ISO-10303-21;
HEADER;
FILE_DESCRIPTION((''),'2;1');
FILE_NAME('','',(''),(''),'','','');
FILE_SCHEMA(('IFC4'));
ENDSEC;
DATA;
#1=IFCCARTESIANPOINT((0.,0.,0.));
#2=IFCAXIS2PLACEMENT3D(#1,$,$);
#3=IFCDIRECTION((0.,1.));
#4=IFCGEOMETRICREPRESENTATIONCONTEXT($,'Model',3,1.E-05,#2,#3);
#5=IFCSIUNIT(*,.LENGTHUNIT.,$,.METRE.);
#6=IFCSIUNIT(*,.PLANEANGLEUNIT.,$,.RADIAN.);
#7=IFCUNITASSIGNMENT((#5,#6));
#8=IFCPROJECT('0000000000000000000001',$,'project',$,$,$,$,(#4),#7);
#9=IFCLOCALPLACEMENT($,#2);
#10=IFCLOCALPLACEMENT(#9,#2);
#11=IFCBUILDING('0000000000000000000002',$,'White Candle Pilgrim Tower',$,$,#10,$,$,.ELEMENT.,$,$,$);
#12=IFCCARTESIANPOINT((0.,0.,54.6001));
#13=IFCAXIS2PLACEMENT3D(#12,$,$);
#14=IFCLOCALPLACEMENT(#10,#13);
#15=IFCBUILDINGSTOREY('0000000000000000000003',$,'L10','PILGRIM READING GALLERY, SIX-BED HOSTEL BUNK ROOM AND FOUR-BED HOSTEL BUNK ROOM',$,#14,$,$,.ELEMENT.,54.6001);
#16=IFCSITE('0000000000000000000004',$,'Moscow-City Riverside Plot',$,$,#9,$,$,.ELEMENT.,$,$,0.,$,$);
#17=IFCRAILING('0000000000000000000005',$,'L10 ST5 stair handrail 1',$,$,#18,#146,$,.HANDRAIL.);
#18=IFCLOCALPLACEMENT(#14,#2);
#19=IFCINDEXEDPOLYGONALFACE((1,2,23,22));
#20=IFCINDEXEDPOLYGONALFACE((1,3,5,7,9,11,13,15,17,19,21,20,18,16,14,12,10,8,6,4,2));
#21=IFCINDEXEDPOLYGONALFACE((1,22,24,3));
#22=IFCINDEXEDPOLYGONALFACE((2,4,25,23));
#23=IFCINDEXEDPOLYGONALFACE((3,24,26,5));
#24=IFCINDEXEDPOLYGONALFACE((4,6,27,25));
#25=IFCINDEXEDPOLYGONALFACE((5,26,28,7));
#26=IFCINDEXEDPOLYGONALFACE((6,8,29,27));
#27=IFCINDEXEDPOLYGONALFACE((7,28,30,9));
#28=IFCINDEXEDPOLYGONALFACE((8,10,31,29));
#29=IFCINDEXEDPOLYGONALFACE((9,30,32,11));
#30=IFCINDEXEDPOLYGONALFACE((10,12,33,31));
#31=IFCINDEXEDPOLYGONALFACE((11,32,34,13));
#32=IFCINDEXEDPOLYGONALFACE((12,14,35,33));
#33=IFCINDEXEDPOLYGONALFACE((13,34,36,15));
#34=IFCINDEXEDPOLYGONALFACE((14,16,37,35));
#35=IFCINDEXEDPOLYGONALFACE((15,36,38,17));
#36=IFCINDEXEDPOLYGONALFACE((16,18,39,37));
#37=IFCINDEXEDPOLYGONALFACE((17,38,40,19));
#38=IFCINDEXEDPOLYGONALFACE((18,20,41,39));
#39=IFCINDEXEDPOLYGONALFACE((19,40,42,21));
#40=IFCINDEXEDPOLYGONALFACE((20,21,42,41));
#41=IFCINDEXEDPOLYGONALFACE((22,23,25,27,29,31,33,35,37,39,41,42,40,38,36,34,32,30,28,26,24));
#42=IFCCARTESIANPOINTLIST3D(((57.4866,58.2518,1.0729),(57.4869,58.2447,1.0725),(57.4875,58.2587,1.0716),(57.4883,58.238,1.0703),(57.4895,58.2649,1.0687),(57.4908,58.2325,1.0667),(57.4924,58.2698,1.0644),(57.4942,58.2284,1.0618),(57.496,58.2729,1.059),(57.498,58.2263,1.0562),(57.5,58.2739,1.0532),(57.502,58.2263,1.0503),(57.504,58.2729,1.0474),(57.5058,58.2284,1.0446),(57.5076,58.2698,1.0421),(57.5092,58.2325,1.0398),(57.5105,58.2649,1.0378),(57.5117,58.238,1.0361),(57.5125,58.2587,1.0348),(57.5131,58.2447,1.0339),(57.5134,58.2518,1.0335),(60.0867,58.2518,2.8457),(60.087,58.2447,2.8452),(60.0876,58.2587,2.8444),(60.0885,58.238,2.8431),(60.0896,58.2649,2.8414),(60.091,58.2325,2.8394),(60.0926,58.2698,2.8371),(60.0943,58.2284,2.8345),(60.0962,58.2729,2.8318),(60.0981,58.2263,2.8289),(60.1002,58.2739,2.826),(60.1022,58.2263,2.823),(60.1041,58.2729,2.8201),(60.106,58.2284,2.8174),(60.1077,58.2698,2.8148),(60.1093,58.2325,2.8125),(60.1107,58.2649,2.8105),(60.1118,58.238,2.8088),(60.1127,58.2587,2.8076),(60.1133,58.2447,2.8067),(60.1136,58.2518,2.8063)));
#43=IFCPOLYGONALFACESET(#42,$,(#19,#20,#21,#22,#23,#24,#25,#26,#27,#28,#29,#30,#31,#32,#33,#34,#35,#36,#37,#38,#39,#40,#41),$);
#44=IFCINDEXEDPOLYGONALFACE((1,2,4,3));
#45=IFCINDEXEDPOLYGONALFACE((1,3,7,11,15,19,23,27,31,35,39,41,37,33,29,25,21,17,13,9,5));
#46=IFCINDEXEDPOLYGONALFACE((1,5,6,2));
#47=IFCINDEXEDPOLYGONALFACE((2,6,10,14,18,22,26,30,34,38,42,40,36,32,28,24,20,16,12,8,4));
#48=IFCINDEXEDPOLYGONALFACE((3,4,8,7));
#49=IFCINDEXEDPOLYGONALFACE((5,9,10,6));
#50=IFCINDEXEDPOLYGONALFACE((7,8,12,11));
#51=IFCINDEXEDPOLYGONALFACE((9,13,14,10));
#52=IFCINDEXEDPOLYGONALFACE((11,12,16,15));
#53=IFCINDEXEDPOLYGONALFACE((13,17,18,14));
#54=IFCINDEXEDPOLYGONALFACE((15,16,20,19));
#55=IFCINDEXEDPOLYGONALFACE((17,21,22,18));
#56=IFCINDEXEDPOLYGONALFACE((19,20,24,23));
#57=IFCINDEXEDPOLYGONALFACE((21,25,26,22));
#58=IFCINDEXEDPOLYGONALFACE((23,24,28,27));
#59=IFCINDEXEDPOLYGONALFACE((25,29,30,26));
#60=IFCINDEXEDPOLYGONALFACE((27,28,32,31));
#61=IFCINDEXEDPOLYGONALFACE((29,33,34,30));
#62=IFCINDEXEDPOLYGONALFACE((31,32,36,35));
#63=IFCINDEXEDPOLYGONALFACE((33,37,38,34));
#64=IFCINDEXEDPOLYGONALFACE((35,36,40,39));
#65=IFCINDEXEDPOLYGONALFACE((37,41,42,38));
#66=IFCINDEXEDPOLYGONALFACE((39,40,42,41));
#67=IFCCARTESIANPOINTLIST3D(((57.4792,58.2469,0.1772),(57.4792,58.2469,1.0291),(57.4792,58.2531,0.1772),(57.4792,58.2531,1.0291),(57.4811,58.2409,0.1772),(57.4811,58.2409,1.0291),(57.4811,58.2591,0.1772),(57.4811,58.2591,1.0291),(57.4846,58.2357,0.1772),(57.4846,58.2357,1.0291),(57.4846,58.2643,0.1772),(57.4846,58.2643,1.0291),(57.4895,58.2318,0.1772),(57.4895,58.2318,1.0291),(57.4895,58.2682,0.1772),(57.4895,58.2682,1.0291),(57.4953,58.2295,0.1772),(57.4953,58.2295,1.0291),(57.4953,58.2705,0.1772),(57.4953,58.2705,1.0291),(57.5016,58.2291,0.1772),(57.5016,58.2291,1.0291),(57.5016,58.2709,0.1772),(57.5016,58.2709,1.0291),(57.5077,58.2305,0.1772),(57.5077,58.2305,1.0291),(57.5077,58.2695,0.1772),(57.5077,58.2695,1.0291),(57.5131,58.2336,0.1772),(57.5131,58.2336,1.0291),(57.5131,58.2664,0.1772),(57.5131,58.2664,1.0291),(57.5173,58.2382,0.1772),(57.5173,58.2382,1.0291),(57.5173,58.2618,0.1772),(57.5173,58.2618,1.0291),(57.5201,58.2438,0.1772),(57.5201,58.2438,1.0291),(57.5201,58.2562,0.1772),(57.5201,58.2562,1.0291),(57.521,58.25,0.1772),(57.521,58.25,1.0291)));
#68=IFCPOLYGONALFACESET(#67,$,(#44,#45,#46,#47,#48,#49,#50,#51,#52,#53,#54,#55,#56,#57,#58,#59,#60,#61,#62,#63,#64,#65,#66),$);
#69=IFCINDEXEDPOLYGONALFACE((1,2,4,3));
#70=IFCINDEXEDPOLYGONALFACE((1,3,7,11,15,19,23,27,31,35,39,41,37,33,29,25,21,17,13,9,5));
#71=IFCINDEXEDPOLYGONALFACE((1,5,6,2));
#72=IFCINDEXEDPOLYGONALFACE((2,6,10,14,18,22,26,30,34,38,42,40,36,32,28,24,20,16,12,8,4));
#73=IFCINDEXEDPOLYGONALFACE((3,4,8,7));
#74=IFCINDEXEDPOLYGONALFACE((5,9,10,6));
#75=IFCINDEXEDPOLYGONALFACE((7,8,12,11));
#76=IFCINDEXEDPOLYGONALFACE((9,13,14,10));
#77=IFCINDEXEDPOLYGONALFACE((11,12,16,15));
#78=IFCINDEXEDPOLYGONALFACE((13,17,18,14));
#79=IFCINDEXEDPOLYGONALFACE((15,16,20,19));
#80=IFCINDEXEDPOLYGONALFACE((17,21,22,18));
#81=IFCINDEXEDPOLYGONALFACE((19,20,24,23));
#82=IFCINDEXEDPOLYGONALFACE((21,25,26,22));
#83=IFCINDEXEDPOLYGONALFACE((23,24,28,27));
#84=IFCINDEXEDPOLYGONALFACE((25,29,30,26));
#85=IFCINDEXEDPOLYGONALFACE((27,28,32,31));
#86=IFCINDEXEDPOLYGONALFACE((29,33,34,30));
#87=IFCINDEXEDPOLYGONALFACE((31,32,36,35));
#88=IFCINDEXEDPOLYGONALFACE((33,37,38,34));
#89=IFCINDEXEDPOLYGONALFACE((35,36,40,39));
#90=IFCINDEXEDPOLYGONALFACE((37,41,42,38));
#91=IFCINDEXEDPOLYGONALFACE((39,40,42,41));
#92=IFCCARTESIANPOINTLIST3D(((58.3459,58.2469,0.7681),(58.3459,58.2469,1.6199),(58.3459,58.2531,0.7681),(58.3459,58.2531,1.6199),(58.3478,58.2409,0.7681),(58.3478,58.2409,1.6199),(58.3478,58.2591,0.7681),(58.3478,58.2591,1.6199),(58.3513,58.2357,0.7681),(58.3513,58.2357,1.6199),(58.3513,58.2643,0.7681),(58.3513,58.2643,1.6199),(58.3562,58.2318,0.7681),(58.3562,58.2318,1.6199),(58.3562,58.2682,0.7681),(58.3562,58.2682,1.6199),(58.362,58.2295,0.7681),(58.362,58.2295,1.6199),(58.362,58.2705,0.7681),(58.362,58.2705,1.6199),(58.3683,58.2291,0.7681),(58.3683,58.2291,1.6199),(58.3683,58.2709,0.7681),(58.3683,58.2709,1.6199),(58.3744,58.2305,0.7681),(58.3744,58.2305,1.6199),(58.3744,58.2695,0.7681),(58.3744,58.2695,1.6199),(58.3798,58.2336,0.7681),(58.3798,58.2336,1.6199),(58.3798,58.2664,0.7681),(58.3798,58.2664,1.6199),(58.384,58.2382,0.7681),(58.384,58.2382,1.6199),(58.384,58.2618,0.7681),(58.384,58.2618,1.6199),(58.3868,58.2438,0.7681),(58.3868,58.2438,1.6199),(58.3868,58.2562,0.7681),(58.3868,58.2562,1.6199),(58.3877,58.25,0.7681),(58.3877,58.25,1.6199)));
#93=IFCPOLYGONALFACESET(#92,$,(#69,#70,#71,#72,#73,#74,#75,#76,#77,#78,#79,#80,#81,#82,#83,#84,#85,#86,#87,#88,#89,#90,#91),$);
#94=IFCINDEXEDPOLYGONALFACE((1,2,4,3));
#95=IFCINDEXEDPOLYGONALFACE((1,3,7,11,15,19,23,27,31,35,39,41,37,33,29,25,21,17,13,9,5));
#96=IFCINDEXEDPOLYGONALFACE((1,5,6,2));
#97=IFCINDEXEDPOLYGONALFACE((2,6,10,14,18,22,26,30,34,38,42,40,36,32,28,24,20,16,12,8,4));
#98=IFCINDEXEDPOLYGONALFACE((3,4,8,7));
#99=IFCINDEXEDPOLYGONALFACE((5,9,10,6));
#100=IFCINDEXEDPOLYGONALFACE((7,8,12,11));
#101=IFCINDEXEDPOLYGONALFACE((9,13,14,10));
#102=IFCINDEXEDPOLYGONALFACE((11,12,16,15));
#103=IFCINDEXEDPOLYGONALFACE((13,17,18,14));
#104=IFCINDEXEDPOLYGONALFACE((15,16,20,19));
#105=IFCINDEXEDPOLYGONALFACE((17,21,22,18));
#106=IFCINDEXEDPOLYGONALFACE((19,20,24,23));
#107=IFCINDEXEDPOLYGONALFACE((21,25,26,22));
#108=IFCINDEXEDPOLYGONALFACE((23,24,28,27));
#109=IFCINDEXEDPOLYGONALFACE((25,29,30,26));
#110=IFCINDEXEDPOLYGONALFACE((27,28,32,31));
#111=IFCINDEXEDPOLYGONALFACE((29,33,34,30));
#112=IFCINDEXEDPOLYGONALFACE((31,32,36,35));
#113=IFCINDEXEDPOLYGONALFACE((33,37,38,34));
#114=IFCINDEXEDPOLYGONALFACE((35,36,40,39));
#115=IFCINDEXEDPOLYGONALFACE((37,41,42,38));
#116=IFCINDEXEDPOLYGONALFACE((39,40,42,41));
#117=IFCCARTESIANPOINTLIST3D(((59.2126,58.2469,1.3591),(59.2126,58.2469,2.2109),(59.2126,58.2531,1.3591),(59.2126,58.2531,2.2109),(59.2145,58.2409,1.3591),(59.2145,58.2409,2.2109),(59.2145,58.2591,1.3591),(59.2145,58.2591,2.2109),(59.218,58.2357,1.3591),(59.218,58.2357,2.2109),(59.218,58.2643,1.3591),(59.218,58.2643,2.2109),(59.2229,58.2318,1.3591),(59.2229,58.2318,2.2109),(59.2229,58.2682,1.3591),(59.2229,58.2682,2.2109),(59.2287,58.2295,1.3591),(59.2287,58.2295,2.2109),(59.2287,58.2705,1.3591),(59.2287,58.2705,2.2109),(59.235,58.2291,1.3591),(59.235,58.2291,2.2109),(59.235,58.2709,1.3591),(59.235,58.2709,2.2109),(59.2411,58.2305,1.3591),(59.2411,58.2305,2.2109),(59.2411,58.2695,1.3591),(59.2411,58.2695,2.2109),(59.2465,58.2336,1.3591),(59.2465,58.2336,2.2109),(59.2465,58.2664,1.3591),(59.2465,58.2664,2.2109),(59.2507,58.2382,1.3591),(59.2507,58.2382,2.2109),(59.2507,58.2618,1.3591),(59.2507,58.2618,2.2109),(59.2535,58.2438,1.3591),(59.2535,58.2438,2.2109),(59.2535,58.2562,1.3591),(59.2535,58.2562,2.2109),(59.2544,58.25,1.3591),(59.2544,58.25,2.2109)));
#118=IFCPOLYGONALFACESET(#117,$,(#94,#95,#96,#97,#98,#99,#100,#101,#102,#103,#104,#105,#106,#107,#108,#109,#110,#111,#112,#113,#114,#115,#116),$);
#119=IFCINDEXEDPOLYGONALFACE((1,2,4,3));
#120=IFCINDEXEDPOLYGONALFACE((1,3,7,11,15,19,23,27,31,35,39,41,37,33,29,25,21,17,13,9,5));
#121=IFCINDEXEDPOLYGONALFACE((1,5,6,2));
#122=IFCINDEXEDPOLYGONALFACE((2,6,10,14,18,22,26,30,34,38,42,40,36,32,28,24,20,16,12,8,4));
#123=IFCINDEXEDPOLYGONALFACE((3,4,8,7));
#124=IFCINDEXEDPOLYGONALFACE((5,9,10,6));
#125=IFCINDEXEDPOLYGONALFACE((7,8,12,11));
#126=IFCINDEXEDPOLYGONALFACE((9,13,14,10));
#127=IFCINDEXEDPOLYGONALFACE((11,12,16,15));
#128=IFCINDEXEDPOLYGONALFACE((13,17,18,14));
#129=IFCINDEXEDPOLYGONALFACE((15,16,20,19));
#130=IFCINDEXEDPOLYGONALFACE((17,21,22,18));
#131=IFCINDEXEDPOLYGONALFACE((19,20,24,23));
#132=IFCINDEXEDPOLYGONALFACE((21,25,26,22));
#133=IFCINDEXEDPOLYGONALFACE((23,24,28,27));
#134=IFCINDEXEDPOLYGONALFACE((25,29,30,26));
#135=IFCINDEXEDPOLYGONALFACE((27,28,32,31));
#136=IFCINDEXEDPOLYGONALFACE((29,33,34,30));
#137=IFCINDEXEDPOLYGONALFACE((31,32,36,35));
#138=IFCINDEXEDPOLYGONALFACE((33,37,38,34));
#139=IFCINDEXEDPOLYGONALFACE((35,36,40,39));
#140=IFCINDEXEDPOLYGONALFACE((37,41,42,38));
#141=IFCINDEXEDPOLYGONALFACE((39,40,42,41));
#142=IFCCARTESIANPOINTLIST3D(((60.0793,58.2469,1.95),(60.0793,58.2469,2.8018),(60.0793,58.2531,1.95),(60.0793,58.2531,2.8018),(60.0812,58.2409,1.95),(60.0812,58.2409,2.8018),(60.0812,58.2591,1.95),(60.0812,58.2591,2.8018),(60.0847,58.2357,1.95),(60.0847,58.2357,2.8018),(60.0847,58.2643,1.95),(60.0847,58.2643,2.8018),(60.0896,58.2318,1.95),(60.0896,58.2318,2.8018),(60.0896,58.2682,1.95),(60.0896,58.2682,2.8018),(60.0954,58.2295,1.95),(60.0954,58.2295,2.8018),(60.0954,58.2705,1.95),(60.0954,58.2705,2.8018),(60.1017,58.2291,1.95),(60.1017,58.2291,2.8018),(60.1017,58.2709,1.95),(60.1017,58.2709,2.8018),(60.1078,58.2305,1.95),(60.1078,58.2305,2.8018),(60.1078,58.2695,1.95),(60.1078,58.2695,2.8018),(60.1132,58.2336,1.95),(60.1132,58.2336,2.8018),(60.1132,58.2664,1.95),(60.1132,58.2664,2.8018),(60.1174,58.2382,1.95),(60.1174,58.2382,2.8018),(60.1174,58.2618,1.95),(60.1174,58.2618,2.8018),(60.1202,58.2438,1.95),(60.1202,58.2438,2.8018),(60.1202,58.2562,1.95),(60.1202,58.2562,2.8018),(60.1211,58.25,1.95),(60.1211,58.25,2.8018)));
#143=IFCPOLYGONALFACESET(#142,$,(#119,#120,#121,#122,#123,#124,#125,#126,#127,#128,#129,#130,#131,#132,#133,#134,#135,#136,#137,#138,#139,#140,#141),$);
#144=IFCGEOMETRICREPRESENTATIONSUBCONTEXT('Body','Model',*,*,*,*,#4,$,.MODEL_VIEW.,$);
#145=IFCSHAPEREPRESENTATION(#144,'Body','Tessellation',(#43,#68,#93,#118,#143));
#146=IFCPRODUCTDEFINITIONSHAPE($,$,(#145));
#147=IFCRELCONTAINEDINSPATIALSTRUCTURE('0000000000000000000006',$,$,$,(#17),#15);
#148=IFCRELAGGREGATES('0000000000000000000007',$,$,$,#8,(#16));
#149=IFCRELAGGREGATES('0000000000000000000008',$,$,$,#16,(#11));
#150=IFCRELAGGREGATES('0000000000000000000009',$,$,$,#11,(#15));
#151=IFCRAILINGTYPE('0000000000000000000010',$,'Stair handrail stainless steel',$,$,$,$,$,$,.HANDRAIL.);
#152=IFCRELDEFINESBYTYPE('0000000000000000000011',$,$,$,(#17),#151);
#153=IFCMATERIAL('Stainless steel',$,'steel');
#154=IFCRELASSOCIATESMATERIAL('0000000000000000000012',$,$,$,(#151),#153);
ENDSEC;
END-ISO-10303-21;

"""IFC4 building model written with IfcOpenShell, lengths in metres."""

from ifc_helpers import new_model, si_unit, direction, frame, origin, origin_2d, place, context, subcontext, project, spatial, circle, extrude, material, type_object, element, save


model = new_model("IFC4")

# Units and contexts
model_context = context("Model", 3, precision=1e-05, world=origin(), true_north=direction((0.0, 1.0)))
body_context = subcontext(model_context, "Body", "Model", "MODEL_VIEW")
ifc_project = project(units=[si_unit("LENGTHUNIT", "METRE"), si_unit("PLANEANGLEUNIT", "RADIAN")], contexts=[model_context])

# Site, building, storey
site_placement = place(None, origin())
site = spatial("IfcSite", under=ifc_project, at=site_placement, Name="Moscow-City Riverside Plot", CompositionType="ELEMENT", RefElevation=0.0)
building_placement = place(site_placement, origin())
building = spatial("IfcBuilding", under=site, at=building_placement, Name="White Candle Pilgrim Tower", CompositionType="ELEMENT")
storey_placement = place(building_placement, frame((0.0, 0.0, 54.6001)))
storey = spatial("IfcBuildingStorey", under=building, at=storey_placement, Name="L10", Description="PILGRIM READING GALLERY, SIX-BED HOSTEL BUNK ROOM AND FOUR-BED HOSTEL BUNK ROOM", CompositionType="ELEMENT", Elevation=54.6001)

# Railing
ifc_material_1 = material(Name="Stainless steel", Category="steel")
railing_type_1 = type_object("IfcRailingType", Name="Stair handrail stainless steel", PredefinedType="HANDRAIL", material=ifc_material_1)
railing_1_placement = place(storey_placement, frame((57.5, 58.25, 0.1772)))
element("IfcRailing", 1, at=railing_1_placement, inside=storey, type_object=railing_type_1, Name="L10 ST5 stair handrail 1", PredefinedType="HANDRAIL", context=body_context, shape_type="SweptSolid", body=[
    extrude(circle(Radius=0.0239, at=origin_2d()), frame((0.0, 0.0, 0.876), z_axis=(0.82624, 0.0, 0.563318), x_axis=(0.0, 1.0, 0.0)), (0.0, 0.0, 1.0), 3.147),
    extrude(circle(Radius=0.021, at=origin_2d()), origin(), (0.0, 0.0, 1.0), 0.8518),
    extrude(circle(Radius=0.021, at=origin_2d()), frame((0.8667, 0.0, 0.5908)), (0.0, 0.0, 1.0), 0.8518),
    extrude(circle(Radius=0.021, at=origin_2d()), frame((1.7334, 0.0, 1.1819)), (0.0, 0.0, 1.0), 0.8518),
    extrude(circle(Radius=0.021, at=origin_2d()), frame((2.6001, 0.0, 1.7727)), (0.0, 0.0, 1.0), 0.8518),
])

save(model, "model.ifc")
